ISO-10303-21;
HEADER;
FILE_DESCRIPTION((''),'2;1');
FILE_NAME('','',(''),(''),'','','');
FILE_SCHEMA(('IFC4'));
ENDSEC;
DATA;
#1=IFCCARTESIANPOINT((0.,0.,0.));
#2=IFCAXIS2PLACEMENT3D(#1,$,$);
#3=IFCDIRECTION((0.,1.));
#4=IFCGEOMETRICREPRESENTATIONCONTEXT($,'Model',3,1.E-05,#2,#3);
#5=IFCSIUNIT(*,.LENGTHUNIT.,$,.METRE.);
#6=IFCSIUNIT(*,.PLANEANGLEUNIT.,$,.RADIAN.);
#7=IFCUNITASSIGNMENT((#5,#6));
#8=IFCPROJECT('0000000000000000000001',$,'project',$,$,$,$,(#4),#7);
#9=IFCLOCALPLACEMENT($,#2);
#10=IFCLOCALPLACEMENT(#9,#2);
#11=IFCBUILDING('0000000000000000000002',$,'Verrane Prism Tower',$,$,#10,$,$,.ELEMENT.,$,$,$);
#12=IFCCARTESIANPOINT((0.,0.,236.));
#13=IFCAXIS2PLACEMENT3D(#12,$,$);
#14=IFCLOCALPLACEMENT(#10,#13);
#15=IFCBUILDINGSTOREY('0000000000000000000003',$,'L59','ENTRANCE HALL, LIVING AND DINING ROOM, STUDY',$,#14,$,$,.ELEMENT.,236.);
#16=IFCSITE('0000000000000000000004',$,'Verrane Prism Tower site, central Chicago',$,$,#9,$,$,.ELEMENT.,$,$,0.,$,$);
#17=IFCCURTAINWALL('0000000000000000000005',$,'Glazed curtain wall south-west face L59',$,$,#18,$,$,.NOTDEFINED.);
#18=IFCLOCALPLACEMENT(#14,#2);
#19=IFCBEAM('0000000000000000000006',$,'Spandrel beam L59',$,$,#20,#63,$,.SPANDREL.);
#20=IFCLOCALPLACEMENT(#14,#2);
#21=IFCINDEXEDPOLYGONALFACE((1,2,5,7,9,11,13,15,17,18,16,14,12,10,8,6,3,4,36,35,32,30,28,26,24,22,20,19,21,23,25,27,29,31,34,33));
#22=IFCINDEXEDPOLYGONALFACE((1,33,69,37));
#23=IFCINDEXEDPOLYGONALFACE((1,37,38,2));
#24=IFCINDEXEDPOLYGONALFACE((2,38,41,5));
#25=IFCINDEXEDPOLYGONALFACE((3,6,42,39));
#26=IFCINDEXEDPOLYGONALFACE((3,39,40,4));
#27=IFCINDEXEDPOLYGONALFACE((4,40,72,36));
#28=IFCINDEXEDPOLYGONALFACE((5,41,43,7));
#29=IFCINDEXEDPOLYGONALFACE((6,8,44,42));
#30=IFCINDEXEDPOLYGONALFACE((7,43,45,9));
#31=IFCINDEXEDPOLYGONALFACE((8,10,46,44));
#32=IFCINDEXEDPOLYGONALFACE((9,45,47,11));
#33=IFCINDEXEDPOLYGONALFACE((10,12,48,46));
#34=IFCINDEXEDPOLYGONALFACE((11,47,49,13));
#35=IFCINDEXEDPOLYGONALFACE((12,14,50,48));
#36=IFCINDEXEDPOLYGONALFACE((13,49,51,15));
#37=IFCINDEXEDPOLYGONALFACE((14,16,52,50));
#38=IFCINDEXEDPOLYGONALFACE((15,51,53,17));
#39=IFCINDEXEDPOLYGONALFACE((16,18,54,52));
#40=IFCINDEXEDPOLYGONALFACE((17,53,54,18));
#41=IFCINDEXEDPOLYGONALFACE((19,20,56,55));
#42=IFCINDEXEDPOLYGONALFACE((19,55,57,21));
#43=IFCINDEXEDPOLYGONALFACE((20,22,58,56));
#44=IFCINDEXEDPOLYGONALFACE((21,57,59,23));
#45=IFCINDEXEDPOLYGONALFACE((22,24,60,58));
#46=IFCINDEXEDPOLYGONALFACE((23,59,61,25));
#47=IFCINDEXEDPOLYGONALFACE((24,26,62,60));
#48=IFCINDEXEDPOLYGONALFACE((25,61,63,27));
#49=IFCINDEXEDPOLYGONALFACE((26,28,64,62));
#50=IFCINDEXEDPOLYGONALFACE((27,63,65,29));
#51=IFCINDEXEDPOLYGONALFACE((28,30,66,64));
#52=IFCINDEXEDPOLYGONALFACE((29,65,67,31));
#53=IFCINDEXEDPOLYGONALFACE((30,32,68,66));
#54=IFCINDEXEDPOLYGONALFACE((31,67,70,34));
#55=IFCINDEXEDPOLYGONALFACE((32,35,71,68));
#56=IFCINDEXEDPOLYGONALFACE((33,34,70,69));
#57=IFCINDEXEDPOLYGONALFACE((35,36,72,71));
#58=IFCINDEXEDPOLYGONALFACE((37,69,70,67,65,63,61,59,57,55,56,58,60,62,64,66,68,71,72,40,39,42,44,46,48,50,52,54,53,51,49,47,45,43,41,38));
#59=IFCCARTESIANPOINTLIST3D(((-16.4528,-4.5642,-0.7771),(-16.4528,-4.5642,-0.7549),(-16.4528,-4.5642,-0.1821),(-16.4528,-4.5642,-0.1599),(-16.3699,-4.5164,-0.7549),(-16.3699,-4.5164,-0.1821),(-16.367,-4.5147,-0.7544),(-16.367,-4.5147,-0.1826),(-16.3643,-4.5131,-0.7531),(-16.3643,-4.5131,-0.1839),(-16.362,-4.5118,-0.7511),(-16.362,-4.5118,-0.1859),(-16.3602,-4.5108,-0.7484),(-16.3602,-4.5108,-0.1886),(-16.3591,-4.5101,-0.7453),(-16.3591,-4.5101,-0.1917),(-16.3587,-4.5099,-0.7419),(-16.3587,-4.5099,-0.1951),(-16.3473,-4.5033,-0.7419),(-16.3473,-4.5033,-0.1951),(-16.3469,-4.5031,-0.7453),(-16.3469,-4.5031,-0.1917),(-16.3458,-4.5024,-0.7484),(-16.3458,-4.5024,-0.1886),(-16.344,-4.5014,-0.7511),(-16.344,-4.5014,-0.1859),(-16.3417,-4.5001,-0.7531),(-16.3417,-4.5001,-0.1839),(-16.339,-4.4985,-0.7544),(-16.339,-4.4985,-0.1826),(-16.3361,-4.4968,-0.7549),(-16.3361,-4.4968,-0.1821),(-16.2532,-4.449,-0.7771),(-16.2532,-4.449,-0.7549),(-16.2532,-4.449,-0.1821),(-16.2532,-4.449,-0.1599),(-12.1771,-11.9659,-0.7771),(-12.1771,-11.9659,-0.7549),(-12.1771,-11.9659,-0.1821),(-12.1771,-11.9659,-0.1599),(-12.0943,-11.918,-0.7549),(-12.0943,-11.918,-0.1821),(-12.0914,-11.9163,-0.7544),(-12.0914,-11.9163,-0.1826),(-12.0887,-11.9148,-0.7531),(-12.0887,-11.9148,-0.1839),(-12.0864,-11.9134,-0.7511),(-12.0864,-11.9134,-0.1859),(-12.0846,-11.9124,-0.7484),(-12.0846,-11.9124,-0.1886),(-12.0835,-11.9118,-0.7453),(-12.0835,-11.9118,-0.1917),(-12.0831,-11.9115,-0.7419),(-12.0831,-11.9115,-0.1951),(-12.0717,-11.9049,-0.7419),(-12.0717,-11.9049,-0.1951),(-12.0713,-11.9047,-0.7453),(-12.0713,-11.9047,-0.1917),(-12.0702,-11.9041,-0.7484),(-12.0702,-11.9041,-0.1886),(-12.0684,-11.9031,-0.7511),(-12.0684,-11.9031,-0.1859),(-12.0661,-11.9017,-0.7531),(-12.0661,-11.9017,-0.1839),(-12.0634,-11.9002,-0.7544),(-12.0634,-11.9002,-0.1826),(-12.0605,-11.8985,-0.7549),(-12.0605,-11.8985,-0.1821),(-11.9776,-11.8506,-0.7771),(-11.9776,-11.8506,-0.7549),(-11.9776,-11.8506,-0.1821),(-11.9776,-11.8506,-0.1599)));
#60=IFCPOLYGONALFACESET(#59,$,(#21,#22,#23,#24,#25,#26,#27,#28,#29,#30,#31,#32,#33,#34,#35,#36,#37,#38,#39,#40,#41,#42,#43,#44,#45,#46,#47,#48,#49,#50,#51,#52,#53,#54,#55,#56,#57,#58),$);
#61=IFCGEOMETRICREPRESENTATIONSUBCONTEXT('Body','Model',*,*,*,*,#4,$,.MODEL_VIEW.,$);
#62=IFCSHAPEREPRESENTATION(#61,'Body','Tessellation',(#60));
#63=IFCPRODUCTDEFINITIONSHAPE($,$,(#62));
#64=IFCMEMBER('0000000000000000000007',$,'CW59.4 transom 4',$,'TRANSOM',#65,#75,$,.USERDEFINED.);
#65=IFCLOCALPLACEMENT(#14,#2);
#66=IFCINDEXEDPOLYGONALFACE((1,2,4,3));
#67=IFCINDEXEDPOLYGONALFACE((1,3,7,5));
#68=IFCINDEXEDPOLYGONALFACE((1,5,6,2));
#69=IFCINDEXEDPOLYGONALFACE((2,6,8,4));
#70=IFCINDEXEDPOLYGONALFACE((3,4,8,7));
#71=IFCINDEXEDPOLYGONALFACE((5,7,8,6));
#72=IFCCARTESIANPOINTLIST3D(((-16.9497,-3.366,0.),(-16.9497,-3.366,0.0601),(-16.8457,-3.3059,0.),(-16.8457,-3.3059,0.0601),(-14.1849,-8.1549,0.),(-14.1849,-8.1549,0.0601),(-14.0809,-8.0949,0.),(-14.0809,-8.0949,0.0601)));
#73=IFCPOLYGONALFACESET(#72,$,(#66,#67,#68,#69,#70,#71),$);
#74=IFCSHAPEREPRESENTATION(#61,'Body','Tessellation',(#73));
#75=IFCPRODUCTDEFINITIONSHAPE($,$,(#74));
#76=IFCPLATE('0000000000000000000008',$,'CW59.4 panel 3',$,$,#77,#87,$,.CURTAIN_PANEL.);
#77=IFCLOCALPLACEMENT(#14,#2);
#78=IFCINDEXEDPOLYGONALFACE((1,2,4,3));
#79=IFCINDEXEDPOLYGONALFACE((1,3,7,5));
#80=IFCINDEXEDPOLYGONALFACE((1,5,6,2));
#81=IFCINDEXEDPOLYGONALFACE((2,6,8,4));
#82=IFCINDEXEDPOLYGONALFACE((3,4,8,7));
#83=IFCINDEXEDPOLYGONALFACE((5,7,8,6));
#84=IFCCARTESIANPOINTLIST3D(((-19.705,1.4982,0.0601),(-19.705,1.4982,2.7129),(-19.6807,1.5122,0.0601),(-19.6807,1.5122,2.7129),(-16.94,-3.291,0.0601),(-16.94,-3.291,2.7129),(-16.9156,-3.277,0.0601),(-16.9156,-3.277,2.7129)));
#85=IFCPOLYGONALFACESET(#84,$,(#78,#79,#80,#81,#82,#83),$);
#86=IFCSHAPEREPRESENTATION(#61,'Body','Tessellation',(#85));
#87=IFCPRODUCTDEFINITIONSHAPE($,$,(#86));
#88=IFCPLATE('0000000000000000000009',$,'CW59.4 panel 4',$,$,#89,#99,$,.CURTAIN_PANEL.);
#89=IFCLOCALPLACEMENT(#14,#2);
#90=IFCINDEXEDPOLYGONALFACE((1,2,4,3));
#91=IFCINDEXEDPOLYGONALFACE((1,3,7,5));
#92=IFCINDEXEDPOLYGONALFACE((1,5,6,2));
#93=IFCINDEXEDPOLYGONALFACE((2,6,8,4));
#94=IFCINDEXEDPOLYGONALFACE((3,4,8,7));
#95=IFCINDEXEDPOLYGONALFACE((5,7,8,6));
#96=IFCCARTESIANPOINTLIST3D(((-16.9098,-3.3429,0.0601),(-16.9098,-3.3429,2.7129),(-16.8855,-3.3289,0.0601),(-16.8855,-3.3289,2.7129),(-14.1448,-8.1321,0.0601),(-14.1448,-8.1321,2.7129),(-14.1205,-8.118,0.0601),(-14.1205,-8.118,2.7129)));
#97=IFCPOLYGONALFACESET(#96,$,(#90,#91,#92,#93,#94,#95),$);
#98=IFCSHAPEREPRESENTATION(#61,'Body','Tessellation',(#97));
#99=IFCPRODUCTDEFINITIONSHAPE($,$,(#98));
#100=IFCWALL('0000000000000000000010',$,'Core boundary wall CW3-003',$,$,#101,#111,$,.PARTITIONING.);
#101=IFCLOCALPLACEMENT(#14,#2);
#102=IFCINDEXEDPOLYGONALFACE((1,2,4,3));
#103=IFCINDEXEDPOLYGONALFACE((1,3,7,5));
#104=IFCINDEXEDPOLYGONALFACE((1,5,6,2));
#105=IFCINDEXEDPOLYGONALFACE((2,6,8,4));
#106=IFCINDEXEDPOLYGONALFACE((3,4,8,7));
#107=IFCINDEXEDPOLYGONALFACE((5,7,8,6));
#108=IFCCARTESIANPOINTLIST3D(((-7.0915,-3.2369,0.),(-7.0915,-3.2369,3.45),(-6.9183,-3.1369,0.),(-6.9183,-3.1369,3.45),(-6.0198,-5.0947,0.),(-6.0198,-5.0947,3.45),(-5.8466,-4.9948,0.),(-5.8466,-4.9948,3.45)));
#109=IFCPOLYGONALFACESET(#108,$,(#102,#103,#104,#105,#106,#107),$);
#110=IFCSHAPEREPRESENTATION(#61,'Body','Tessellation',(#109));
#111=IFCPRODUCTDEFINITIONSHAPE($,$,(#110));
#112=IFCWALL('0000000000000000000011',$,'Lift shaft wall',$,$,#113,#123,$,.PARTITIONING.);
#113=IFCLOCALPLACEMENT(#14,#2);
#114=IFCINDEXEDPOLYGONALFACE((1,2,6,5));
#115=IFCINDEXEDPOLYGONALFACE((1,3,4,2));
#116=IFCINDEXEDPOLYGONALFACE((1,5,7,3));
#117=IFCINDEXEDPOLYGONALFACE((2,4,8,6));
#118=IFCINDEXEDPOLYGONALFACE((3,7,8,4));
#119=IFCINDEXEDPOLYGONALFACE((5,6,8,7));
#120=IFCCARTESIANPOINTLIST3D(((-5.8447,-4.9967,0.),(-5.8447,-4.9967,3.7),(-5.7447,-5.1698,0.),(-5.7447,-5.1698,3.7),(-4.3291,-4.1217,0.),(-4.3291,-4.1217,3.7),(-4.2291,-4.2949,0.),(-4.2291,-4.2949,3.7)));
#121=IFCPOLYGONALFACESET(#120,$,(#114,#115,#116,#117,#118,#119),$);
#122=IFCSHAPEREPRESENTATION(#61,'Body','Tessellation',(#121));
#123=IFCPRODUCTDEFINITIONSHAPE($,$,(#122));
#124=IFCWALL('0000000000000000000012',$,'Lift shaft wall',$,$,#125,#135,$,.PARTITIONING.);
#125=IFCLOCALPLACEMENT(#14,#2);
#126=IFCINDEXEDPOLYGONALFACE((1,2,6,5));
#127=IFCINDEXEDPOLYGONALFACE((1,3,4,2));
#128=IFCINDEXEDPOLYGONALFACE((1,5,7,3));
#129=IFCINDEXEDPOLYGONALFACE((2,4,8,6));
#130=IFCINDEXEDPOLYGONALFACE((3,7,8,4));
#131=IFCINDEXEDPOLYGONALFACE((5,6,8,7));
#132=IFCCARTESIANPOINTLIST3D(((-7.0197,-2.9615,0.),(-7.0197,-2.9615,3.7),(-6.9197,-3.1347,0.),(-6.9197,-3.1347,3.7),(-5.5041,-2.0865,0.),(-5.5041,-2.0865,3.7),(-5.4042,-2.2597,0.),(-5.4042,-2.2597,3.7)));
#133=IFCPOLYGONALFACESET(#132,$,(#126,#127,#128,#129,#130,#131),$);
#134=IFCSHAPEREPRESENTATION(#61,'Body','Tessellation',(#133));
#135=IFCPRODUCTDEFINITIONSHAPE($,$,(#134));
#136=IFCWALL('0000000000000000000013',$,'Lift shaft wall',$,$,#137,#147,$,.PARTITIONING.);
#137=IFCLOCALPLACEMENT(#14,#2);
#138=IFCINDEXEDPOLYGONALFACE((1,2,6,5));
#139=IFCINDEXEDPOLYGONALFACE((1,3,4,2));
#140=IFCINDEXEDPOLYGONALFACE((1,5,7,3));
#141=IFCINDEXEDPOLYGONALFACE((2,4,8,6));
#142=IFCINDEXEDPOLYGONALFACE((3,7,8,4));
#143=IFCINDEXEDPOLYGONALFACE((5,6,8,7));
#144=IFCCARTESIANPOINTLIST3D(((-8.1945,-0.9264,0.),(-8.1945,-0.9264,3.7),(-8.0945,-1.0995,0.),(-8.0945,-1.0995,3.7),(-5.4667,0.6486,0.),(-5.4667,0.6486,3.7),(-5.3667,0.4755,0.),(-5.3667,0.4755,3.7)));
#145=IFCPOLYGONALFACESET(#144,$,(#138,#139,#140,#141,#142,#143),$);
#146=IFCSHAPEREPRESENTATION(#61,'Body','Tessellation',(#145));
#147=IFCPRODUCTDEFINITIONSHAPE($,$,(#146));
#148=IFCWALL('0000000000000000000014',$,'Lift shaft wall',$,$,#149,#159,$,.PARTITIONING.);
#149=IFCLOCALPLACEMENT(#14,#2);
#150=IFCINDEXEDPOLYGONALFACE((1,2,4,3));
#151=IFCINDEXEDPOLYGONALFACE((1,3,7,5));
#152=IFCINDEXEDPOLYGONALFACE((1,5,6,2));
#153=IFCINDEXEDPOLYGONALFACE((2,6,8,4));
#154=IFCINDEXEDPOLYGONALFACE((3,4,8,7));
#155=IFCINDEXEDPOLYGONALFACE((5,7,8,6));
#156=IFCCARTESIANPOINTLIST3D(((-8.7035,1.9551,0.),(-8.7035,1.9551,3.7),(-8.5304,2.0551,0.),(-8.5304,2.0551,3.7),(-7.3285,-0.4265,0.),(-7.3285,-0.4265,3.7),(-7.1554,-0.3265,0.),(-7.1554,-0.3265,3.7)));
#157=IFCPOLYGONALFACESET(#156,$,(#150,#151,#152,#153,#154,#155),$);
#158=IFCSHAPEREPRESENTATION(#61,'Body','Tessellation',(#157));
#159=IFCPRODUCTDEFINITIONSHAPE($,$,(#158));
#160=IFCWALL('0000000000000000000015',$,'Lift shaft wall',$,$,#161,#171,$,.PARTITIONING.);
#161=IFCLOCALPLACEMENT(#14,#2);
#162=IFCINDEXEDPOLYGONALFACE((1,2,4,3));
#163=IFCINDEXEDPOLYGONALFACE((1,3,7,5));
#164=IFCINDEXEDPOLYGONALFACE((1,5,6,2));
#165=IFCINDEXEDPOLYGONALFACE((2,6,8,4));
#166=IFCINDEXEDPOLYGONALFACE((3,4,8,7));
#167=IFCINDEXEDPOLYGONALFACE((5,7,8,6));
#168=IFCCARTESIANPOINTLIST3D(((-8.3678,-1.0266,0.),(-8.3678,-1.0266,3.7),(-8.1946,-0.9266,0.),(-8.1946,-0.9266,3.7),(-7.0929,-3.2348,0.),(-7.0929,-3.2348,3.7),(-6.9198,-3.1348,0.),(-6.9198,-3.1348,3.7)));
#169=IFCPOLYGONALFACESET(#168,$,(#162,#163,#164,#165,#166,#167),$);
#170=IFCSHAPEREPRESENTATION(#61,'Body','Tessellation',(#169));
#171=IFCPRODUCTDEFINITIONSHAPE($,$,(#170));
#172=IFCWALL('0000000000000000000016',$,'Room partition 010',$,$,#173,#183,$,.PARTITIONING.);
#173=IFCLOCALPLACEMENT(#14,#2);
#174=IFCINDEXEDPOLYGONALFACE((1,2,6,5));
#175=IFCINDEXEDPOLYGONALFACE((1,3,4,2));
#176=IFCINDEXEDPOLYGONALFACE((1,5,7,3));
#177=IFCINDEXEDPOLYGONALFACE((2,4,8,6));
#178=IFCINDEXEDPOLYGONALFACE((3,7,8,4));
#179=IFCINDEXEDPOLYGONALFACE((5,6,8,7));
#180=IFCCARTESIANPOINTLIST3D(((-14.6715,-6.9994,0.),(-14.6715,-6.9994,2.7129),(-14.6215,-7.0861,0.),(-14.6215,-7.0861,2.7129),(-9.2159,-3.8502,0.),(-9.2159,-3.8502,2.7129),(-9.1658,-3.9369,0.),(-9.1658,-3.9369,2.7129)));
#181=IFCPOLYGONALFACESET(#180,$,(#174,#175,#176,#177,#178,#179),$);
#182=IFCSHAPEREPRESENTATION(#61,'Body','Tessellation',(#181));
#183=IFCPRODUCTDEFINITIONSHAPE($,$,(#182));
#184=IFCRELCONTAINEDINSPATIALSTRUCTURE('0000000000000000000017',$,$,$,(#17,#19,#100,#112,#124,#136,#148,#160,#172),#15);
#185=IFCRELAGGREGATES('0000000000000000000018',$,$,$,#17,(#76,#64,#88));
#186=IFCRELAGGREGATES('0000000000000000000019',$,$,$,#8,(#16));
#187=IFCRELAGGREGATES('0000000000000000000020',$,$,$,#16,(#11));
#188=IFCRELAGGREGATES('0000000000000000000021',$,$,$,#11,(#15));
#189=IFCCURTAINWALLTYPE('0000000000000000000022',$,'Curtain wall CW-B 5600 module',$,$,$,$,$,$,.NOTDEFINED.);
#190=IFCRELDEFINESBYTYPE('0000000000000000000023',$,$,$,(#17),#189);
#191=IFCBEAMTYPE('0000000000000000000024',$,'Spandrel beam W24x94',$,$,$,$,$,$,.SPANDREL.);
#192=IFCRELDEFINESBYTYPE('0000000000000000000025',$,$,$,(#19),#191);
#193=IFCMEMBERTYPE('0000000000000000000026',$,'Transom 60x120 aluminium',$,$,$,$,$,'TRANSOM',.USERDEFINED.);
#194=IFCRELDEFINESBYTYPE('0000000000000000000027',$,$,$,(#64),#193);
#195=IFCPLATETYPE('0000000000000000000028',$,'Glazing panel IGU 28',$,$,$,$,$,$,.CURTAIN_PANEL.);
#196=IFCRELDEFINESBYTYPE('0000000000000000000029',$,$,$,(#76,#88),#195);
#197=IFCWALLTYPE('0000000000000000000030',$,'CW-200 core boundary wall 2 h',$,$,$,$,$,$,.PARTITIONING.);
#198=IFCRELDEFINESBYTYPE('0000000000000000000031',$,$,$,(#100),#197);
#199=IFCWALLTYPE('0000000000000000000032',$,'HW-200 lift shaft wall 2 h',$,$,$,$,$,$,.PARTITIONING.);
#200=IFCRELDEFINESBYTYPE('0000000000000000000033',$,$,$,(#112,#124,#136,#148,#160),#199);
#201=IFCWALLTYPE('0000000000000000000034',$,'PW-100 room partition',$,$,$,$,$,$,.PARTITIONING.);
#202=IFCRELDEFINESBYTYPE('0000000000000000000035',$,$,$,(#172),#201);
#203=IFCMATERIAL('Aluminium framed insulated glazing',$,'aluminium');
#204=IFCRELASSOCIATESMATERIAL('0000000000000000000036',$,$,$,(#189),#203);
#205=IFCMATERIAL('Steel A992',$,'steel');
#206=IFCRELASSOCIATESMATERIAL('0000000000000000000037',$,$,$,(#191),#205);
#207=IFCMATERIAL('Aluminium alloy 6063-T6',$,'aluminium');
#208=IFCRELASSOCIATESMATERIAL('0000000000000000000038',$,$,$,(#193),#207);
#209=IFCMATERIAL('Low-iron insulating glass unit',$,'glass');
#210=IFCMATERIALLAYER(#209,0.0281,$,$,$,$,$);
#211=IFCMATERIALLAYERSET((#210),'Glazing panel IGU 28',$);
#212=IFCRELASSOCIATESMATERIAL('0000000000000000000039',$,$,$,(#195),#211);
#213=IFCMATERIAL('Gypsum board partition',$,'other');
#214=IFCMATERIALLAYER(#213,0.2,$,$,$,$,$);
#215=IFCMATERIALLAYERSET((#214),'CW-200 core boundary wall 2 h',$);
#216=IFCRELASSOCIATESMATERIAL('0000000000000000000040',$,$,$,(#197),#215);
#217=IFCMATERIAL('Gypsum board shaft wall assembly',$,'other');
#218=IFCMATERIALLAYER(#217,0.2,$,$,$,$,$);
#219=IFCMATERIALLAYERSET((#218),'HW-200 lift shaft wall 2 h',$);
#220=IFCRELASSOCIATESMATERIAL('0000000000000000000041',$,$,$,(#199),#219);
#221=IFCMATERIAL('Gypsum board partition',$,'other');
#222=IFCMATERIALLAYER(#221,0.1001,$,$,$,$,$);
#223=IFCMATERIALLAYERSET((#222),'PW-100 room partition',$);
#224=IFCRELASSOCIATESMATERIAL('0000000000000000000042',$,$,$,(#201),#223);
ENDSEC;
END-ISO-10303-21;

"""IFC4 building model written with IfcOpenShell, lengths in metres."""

from ifc_helpers import new_model, si_unit, direction, frame, frame_2d, origin, origin_2d, place, context, subcontext, project, spatial, rectangle, i_section, extrude, material, layer, layer_set, material_profile, profile_set, type_object, element, aggregate, save


model = new_model("IFC4")

# Units and contexts
model_context = context("Model", 3, precision=1e-05, world=origin(), true_north=direction((0.0, 1.0)))
body_context = subcontext(model_context, "Body", "Model", "MODEL_VIEW")
ifc_project = project(units=[si_unit("LENGTHUNIT", "METRE"), si_unit("PLANEANGLEUNIT", "RADIAN")], contexts=[model_context])

# Site, building, storey
site_placement = place(None, origin())
site = spatial("IfcSite", under=ifc_project, at=site_placement, Name="Verrane Prism Tower site, central Chicago", CompositionType="ELEMENT", RefElevation=0.0)
building_placement = place(site_placement, origin())
building = spatial("IfcBuilding", under=site, at=building_placement, Name="Verrane Prism Tower", CompositionType="ELEMENT")
storey_placement = place(building_placement, frame((0.0, 0.0, 236.0)))
storey = spatial("IfcBuildingStorey", under=building, at=storey_placement, Name="L59", Description="ENTRANCE HALL, LIVING AND DINING ROOM, STUDY", CompositionType="ELEMENT", Elevation=236.0)

# Curtain wall
ifc_material_1 = material(Name="Aluminium framed insulated glazing", Category="aluminium")
curtain_wall_type = type_object("IfcCurtainWallType", Name="Curtain wall CW-B 5600 module", PredefinedType="NOTDEFINED", material=ifc_material_1)
curtain_wall_placement = place(storey_placement, origin())
curtain_wall = element("IfcCurtainWall", 1, at=curtain_wall_placement, inside=storey, type_object=curtain_wall_type, Name="Glazed curtain wall south-west face L59", PredefinedType="NOTDEFINED")

# Beam
ifc_material_2 = material(Name="Steel A992", Category="steel")
ifc_material_profile_1 = material_profile(ifc_material_2, i_section(OverallWidth=0.2305, OverallDepth=0.6172, WebThickness=0.0132, FlangeThickness=0.0222, FilletRadius=0.0129, at=origin_2d()), Name="W24x94")
ifc_profile_set_1 = profile_set([ifc_material_profile_1], Name="Steel A992")
beam_type_1 = type_object("IfcBeamType", Name="Spandrel beam W24x94", PredefinedType="SPANDREL", material=ifc_profile_set_1)
beam_1_placement = place(storey_placement, frame((-16.353, -4.5066, -0.4685), z_axis=(0.500203, -0.865908, 0.0), x_axis=(0.865908, 0.500203, 0.0)))
element("IfcBeam", 2, at=beam_1_placement, inside=storey, type_object=beam_type_1, Name="Spandrel beam L59", PredefinedType="SPANDREL", context=body_context, shape_type="SweptSolid", body=[
    extrude(i_section(OverallWidth=0.2305, OverallDepth=0.6172, WebThickness=0.0132, FlangeThickness=0.0222, FilletRadius=0.0129, at=origin_2d()), origin(), (0.0, 0.0, 1.0), 8.5479),
])

# Member
ifc_material_3 = material(Name="Aluminium alloy 6063-T6", Category="aluminium")
ifc_material_profile_2 = material_profile(ifc_material_3, rectangle(XDim=0.1201, YDim=0.0601, at=origin_2d()), Name="Transom 60x120 aluminium")
ifc_profile_set_2 = profile_set([ifc_material_profile_2], Name="Aluminium alloy 6063-T6")
member_type_1 = type_object("IfcMemberType", Name="Transom 60x120 aluminium", ElementType="TRANSOM", PredefinedType="USERDEFINED", material=ifc_profile_set_2)
member_1_placement = place(storey_placement, frame((-16.8977, -3.3359, 0.03), z_axis=(0.49999, -0.866031, 0.0), x_axis=(0.866031, 0.49999, 0.0)))
member_1 = element("IfcMember", 3, at=member_1_placement, type_object=member_type_1, Name="CW59.4 transom 4", ObjectType="TRANSOM", PredefinedType="USERDEFINED", context=body_context, shape_type="SweptSolid", body=[
    extrude(rectangle(XDim=0.1201, YDim=0.0601, at=origin_2d()), origin(), (0.0, 0.0, 1.0), 5.5298),
])

# Plates
ifc_material_4 = material(Name="Low-iron insulating glass unit", Category="glass")
ifc_layer_1 = layer(ifc_material_4, 0.0281)
ifc_layer_set_1 = layer_set([ifc_layer_1], Name="Glazing panel IGU 28")
plate_type = type_object("IfcPlateType", Name="Glazing panel IGU 28", PredefinedType="CURTAIN_PANEL", material=ifc_layer_set_1)
plate_1_placement = place(storey_placement, frame((-18.3103, -0.8894, 0.0601), z_axis=(0.0, 0.0, 1.0), x_axis=(0.499999, -0.866026, 0.0)))
plate_1 = element("IfcPlate", 4, at=plate_1_placement, type_object=plate_type, Name="CW59.4 panel 3", PredefinedType="CURTAIN_PANEL", context=body_context, shape_type="SweptSolid", body=[
    extrude(rectangle(XDim=5.53, YDim=0.0281, at=origin_2d()), origin(), (0.0, 0.0, 1.0), 2.6528),
])
plate_2_placement = place(storey_placement, frame((-15.5151, -5.7305, 0.0601), z_axis=(0.0, 0.0, 1.0), x_axis=(0.499999, -0.866026, 0.0)))
plate_2 = element("IfcPlate", 5, at=plate_2_placement, type_object=plate_type, Name="CW59.4 panel 4", PredefinedType="CURTAIN_PANEL", context=body_context, shape_type="SweptSolid", body=[
    extrude(rectangle(XDim=5.53, YDim=0.0281, at=origin_2d()), origin(), (0.0, 0.0, 1.0), 2.6528),
])
aggregate(curtain_wall, [plate_1, member_1, plate_2])

# Walls
ifc_material_5 = material(Name="Gypsum board partition", Category="other")
ifc_layer_2 = layer(ifc_material_5, 0.2)
ifc_layer_set_2 = layer_set([ifc_layer_2], Name="CW-200 core boundary wall 2 h")
wall_type_1 = type_object("IfcWallType", Name="CW-200 core boundary wall 2 h", PredefinedType="PARTITIONING", material=ifc_layer_set_2)
wall_1_placement = place(storey_placement, frame((-7.0049, -3.187, 0.0), z_axis=(0.0, 0.0, 1.0), x_axis=(0.49969, -0.866205, 0.0)))
element("IfcWall", 6, at=wall_1_placement, inside=storey, type_object=wall_type_1, Name="Core boundary wall CW3-003", PredefinedType="PARTITIONING", context=body_context, shape_type="SweptSolid", body=[
    extrude(rectangle(XDim=2.1448, YDim=0.2, at=frame_2d((1.0723, 0.0))), origin(), (0.0, 0.0, 1.0), 3.45),
])
ifc_material_6 = material(Name="Gypsum board shaft wall assembly", Category="other")
ifc_layer_3 = layer(ifc_material_6, 0.2)
ifc_layer_set_3 = layer_set([ifc_layer_3], Name="HW-200 lift shaft wall 2 h")
wall_type_2 = type_object("IfcWallType", Name="HW-200 lift shaft wall 2 h", PredefinedType="PARTITIONING", material=ifc_layer_set_3)
for number, where, z_axis, x_axis, name in (
    (7, (-5.7947, -5.0833, 0.0), (0.0, 0.0, 1.0), (0.866037, 0.49998, 0.0), "Lift shaft wall"),
    (8, (-6.9697, -3.0481, 0.0), (0.0, 0.0, 1.0), (0.866037, 0.49998, 0.0), "Lift shaft wall"),
):
    element("IfcWall", number, at=place(storey_placement, frame(where, z_axis=z_axis, x_axis=x_axis)), inside=storey, type_object=wall_type_2, Name=name, PredefinedType="PARTITIONING", context=body_context, shape_type="SweptSolid", body=[
        extrude(rectangle(XDim=1.75, YDim=0.2, at=frame_2d((0.875, 0.0))), origin(), (0.0, 0.0, 1.0), 3.7),
    ])
wall_2_placement = place(storey_placement, frame((-8.1445, -1.0129, 0.0), z_axis=(0.0, 0.0, 1.0), x_axis=(0.866016, 0.500015, 0.0)))
element("IfcWall", 9, at=wall_2_placement, inside=storey, type_object=wall_type_2, Name="Lift shaft wall", PredefinedType="PARTITIONING", context=body_context, shape_type="SweptSolid", body=[
    extrude(rectangle(XDim=3.1499, YDim=0.2, at=frame_2d((1.575, 0.0))), origin(), (0.0, 0.0, 1.0), 3.7),
])
wall_3_placement = place(storey_placement, frame((-7.2419, -0.3765, 0.0), z_axis=(0.0, 0.0, 1.0), x_axis=(-0.499997, 0.866027, 0.0)))
element("IfcWall", 10, at=wall_3_placement, inside=storey, type_object=wall_type_2, Name="Lift shaft wall", PredefinedType="PARTITIONING", context=body_context, shape_type="SweptSolid", body=[
    extrude(rectangle(XDim=2.75, YDim=0.2, at=frame_2d((1.375, 0.0))), origin(), (0.0, 0.0, 1.0), 3.7),
])
wall_4_placement = place(storey_placement, frame((-7.0063, -3.1848, 0.0), z_axis=(0.0, 0.0, 1.0), x_axis=(-0.49999, 0.866031, 0.0)))
element("IfcWall", 11, at=wall_4_placement, inside=storey, type_object=wall_type_2, Name="Lift shaft wall", PredefinedType="PARTITIONING", context=body_context, shape_type="SweptSolid", body=[
    extrude(rectangle(XDim=2.5498, YDim=0.2, at=frame_2d((1.2749, 0.0))), origin(), (0.0, 0.0, 1.0), 3.7),
])
ifc_material_7 = material(Name="Gypsum board partition", Category="other")
ifc_layer_4 = layer(ifc_material_7, 0.1001)
ifc_layer_set_4 = layer_set([ifc_layer_4], Name="PW-100 room partition")
wall_type_3 = type_object("IfcWallType", Name="PW-100 room partition", PredefinedType="PARTITIONING", material=ifc_layer_set_4)
wall_5_placement = place(storey_placement, frame((-14.6465, -7.0427, 0.0), z_axis=(0.0, 0.0, 1.0), x_axis=(0.866067, 0.499928, 0.0)))
element("IfcWall", 12, at=wall_5_placement, inside=storey, type_object=wall_type_3, Name="Room partition 010", PredefinedType="PARTITIONING", context=body_context, shape_type="SweptSolid", body=[
    extrude(rectangle(XDim=6.2993, YDim=0.1001, at=frame_2d((3.1497, 0.0))), origin(), (0.0, 0.0, 1.0), 2.7129),
])

save(model, "model.ifc")
